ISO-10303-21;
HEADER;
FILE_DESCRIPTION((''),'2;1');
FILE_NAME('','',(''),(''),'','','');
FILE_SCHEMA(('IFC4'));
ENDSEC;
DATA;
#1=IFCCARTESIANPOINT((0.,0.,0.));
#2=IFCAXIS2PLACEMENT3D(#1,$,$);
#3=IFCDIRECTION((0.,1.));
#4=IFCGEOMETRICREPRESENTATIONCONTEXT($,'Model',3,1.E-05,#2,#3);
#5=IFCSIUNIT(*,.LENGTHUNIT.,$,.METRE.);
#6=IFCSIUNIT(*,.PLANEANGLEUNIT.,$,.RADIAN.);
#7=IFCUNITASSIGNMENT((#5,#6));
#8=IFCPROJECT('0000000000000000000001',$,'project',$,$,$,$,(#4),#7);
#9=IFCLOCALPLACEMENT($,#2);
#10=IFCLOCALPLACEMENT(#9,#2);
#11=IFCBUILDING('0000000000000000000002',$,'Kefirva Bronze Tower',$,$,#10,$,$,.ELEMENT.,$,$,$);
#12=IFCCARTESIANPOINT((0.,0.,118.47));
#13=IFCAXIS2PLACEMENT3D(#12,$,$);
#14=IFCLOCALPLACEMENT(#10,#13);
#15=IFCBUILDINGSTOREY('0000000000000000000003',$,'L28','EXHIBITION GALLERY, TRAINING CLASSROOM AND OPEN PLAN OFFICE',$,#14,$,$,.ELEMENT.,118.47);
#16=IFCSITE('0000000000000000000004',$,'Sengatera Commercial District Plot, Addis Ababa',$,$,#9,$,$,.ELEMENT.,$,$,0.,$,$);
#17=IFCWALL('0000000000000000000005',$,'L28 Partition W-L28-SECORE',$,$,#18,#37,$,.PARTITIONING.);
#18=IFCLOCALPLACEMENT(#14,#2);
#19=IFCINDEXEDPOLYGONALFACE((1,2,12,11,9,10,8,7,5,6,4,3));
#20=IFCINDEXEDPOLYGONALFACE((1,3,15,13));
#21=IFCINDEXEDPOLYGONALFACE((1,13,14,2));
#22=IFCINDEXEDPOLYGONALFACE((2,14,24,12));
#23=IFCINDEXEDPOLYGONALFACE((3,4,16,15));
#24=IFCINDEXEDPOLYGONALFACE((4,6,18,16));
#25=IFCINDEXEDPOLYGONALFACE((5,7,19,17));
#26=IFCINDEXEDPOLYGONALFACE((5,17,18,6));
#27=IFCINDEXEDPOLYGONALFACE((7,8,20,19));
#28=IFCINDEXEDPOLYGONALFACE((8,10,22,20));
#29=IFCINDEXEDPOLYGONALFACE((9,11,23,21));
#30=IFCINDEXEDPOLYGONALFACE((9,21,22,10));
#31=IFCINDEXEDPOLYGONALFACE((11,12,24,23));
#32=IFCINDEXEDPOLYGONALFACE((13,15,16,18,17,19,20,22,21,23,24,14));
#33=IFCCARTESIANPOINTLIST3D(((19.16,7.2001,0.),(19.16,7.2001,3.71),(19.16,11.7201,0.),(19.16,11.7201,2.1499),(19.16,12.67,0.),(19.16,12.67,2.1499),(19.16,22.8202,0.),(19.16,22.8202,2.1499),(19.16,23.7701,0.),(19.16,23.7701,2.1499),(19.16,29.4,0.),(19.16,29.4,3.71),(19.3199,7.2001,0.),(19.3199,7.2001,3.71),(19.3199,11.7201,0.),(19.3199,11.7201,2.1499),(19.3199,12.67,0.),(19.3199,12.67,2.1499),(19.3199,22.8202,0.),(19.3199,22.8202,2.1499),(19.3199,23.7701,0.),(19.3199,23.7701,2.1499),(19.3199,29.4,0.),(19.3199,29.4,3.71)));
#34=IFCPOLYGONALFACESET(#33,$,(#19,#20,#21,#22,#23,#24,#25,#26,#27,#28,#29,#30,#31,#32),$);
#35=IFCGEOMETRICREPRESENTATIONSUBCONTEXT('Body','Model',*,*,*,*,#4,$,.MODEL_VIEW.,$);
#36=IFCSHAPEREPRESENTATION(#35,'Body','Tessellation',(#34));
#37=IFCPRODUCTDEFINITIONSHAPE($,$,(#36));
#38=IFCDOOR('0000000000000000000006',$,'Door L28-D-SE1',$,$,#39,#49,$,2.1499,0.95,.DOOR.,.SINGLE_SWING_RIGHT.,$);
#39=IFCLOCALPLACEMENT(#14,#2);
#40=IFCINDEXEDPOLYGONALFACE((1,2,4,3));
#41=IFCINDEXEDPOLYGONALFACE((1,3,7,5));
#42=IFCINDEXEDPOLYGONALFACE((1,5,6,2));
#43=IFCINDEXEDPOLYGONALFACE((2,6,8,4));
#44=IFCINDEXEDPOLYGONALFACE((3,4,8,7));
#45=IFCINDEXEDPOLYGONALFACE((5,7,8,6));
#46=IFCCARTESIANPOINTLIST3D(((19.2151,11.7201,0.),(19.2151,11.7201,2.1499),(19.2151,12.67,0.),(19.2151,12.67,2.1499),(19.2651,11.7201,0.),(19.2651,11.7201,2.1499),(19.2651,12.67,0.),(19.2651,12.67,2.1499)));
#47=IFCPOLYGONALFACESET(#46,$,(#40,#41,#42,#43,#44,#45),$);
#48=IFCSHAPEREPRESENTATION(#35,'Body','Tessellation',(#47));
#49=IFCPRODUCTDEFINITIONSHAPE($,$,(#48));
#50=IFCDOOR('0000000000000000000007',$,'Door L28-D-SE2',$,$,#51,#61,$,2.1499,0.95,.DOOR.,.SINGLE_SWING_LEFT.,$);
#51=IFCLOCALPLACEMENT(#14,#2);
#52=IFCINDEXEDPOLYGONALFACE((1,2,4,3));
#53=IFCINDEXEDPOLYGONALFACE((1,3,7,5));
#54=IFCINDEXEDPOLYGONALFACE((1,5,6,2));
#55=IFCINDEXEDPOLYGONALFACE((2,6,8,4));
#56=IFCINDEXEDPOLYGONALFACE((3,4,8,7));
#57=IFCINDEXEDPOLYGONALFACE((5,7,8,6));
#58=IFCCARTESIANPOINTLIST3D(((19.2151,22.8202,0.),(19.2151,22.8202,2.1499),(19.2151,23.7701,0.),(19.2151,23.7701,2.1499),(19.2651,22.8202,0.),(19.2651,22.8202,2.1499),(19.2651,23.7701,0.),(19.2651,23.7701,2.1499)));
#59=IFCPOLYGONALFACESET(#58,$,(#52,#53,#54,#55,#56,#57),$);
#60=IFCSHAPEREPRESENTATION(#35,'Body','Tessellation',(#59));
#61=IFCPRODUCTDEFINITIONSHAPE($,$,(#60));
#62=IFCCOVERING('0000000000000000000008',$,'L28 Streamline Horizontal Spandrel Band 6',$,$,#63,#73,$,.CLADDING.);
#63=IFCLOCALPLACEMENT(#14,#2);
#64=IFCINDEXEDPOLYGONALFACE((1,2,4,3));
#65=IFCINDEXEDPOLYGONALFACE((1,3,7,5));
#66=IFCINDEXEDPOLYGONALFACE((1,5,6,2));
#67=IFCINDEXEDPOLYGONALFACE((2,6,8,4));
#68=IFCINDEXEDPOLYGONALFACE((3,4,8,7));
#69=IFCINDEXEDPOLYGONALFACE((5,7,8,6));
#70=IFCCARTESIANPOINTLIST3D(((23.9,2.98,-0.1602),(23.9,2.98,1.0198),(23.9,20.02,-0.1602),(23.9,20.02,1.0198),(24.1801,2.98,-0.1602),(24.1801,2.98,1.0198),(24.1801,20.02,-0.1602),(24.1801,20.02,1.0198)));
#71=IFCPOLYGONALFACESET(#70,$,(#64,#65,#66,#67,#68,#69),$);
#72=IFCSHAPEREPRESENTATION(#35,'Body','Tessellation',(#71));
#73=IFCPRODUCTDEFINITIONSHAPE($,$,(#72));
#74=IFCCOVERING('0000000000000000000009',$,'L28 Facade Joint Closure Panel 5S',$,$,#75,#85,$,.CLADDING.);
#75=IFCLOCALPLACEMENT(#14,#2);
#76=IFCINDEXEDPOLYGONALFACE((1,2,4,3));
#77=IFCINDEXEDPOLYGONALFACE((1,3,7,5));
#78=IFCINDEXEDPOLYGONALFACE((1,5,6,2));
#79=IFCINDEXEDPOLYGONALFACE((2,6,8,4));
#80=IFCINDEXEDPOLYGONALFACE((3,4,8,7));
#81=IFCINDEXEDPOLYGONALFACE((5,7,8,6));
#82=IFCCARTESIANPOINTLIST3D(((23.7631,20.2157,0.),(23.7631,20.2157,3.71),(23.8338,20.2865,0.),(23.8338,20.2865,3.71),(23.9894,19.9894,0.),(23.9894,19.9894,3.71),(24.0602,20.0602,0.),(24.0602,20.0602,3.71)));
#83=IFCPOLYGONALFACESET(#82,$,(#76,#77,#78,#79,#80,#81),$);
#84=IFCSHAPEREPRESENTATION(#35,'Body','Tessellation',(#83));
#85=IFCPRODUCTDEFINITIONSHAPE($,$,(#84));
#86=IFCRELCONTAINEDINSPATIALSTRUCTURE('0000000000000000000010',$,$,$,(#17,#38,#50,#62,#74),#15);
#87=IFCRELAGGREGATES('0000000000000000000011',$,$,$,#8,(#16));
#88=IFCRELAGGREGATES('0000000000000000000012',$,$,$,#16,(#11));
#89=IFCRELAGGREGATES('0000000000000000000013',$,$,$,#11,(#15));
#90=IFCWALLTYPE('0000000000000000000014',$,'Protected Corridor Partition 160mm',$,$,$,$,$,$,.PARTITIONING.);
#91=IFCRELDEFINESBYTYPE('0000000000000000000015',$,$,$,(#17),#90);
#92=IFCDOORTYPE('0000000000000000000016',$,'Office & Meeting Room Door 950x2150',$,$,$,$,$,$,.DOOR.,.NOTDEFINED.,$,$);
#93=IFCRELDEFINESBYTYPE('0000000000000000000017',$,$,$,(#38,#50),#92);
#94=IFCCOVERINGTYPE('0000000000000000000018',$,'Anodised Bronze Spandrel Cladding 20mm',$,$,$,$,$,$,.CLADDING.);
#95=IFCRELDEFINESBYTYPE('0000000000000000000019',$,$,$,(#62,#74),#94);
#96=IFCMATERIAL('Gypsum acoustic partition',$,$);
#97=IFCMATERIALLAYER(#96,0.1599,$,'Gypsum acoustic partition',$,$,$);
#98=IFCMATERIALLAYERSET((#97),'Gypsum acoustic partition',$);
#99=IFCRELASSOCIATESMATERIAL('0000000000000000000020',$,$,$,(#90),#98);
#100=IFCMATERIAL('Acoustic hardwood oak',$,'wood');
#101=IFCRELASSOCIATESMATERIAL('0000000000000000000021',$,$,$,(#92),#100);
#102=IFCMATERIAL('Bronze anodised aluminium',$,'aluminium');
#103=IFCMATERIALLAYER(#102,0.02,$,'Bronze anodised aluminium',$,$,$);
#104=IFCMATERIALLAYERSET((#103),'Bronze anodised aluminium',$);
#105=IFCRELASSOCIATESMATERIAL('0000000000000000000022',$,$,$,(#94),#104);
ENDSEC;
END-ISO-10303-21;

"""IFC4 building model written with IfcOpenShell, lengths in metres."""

from ifc_helpers import new_model, si_unit, direction, frame, frame_2d, origin, origin_2d, place, context, subcontext, project, spatial, rectangle, extrude, material, layer, layer_set, type_object, element, fill, save


model = new_model("IFC4")

# Units and contexts
model_context = context("Model", 3, precision=1e-05, world=origin(), true_north=direction((0.0, 1.0)))
body_context = subcontext(model_context, "Body", "Model", "MODEL_VIEW")
ifc_project = project(units=[si_unit("LENGTHUNIT", "METRE"), si_unit("PLANEANGLEUNIT", "RADIAN")], contexts=[model_context])

# Site, building, storey
site_placement = place(None, origin())
site = spatial("IfcSite", under=ifc_project, at=site_placement, Name="Sengatera Commercial District Plot, Addis Ababa", CompositionType="ELEMENT", RefElevation=0.0)
building_placement = place(site_placement, origin())
building = spatial("IfcBuilding", under=site, at=building_placement, Name="Kefirva Bronze Tower", CompositionType="ELEMENT")
storey_placement = place(building_placement, frame((0.0, 0.0, 118.47)))
storey = spatial("IfcBuildingStorey", under=building, at=storey_placement, Name="L28", Description="EXHIBITION GALLERY, TRAINING CLASSROOM AND OPEN PLAN OFFICE", CompositionType="ELEMENT", Elevation=118.47)

# Shared definitions
ifc_material_1 = material(Name="Bronze anodised aluminium", Category="aluminium")

# Shared definitions
ifc_material_2 = material(Name="Gypsum acoustic partition")

# Wall, openings, doors
ifc_layer_1 = layer(ifc_material_2, 0.1599, Name="Gypsum acoustic partition")
ifc_layer_set_1 = layer_set([ifc_layer_1], Name="Gypsum acoustic partition")
wall_type_1 = type_object("IfcWallType", Name="Protected Corridor Partition 160mm", PredefinedType="PARTITIONING", material=ifc_layer_set_1)
wall_1_placement = place(storey_placement, frame((19.24, 7.2, 0.0), z_axis=(0.0, 0.0, 1.0), x_axis=(0.0, 1.0, 0.0)))
wall_1 = element("IfcWall", 1, at=wall_1_placement, inside=storey, type_object=wall_type_1, Name="L28 Partition W-L28-SECORE", PredefinedType="PARTITIONING", context=body_context, shape_type="SweptSolid", body=[
    extrude(rectangle(XDim=22.2, YDim=0.1599, at=frame_2d((11.1001, 0.0))), origin(), (0.0, 0.0, 1.0), 3.71),
])
opening_1_placement = place(wall_1_placement, frame((4.52, 0.0, 0.0)))
opening_1 = element("IfcOpeningElement", 2, at=opening_1_placement, cuts=wall_1, PredefinedType="OPENING", context=body_context, shape_type="SweptSolid", body=[
    extrude(rectangle(XDim=0.95, YDim=2.1499, at=frame_2d((0.4751, 1.075))), frame((0.0, 0.0898, 0.0), z_axis=(0.0, -1.0, 0.0), x_axis=(1.0, 0.0, 0.0)), (0.0, 0.0, 1.0), 0.1799),
])
opening_2_placement = place(wall_1_placement, frame((15.6201, 0.0, 0.0)))
opening_2 = element("IfcOpeningElement", 3, at=opening_2_placement, cuts=wall_1, PredefinedType="OPENING", context=body_context, shape_type="SweptSolid", body=[
    extrude(rectangle(XDim=0.95, YDim=2.1499, at=frame_2d((0.4751, 1.075))), frame((0.0, 0.0898, 0.0), z_axis=(0.0, -1.0, 0.0), x_axis=(1.0, 0.0, 0.0)), (0.0, 0.0, 1.0), 0.1799),
])
ifc_material_3 = material(Name="Acoustic hardwood oak", Category="wood")
door_type = type_object("IfcDoorType", Name="Office & Meeting Room Door 950x2150", OperationType="NOTDEFINED", PredefinedType="DOOR", material=ifc_material_3)
door_1_placement = place(opening_1_placement, origin())
door_1 = element("IfcDoor", 4, at=door_1_placement, inside=storey, type_object=door_type, Name="Door L28-D-SE1", OperationType="SINGLE_SWING_RIGHT", OverallHeight=2.1499, OverallWidth=0.95, PredefinedType="DOOR", context=body_context, shape_type="SweptSolid", body=[
    extrude(rectangle(XDim=0.95, YDim=2.1499, at=frame_2d((0.4751, 1.075))), frame((0.0, 0.0249, 0.0), z_axis=(0.0, -1.0, 0.0), x_axis=(1.0, 0.0, 0.0)), (0.0, 0.0, 1.0), 0.05),
])
fill(opening_1, door_1)
door_2_placement = place(opening_2_placement, origin())
door_2 = element("IfcDoor", 5, at=door_2_placement, inside=storey, type_object=door_type, Name="Door L28-D-SE2", OperationType="SINGLE_SWING_LEFT", OverallHeight=2.1499, OverallWidth=0.95, PredefinedType="DOOR", context=body_context, shape_type="SweptSolid", body=[
    extrude(rectangle(XDim=0.95, YDim=2.1499, at=frame_2d((0.4751, 1.075))), frame((0.0, 0.0249, 0.0), z_axis=(0.0, -1.0, 0.0), x_axis=(1.0, 0.0, 0.0)), (0.0, 0.0, 1.0), 0.05),
])
fill(opening_2, door_2)

# Coverings
ifc_layer_2 = layer(ifc_material_1, 0.02, Name="Bronze anodised aluminium")
ifc_layer_set_2 = layer_set([ifc_layer_2], Name="Bronze anodised aluminium")
covering_type = type_object("IfcCoveringType", Name="Anodised Bronze Spandrel Cladding 20mm", PredefinedType="CLADDING", material=ifc_layer_set_2)
covering_1_placement = place(storey_placement, frame((24.04, 11.5, -0.1602), z_axis=(0.0, 0.0, 1.0), x_axis=(0.0, 1.0, 0.0)))
element("IfcCovering", 6, at=covering_1_placement, inside=storey, type_object=covering_type, Name="L28 Streamline Horizontal Spandrel Band 6", PredefinedType="CLADDING", context=body_context, shape_type="SweptSolid", body=[
    extrude(rectangle(XDim=17.04, YDim=0.28, at=origin_2d()), origin(), (0.0, 0.0, 1.0), 1.1799),
])
covering_2_placement = place(storey_placement, frame((23.9116, 20.1379, 0.0), z_axis=(0.0, 0.0, 1.0), x_axis=(0.707107, 0.707107, 0.0)))
element("IfcCovering", 7, at=covering_2_placement, inside=storey, type_object=covering_type, Name="L28 Facade Joint Closure Panel 5S", PredefinedType="CLADDING", context=body_context, shape_type="SweptSolid", body=[
    extrude(rectangle(XDim=0.1001, YDim=0.3201, at=origin_2d()), origin(), (0.0, 0.0, 1.0), 3.71),
])

save(model, "model.ifc")
